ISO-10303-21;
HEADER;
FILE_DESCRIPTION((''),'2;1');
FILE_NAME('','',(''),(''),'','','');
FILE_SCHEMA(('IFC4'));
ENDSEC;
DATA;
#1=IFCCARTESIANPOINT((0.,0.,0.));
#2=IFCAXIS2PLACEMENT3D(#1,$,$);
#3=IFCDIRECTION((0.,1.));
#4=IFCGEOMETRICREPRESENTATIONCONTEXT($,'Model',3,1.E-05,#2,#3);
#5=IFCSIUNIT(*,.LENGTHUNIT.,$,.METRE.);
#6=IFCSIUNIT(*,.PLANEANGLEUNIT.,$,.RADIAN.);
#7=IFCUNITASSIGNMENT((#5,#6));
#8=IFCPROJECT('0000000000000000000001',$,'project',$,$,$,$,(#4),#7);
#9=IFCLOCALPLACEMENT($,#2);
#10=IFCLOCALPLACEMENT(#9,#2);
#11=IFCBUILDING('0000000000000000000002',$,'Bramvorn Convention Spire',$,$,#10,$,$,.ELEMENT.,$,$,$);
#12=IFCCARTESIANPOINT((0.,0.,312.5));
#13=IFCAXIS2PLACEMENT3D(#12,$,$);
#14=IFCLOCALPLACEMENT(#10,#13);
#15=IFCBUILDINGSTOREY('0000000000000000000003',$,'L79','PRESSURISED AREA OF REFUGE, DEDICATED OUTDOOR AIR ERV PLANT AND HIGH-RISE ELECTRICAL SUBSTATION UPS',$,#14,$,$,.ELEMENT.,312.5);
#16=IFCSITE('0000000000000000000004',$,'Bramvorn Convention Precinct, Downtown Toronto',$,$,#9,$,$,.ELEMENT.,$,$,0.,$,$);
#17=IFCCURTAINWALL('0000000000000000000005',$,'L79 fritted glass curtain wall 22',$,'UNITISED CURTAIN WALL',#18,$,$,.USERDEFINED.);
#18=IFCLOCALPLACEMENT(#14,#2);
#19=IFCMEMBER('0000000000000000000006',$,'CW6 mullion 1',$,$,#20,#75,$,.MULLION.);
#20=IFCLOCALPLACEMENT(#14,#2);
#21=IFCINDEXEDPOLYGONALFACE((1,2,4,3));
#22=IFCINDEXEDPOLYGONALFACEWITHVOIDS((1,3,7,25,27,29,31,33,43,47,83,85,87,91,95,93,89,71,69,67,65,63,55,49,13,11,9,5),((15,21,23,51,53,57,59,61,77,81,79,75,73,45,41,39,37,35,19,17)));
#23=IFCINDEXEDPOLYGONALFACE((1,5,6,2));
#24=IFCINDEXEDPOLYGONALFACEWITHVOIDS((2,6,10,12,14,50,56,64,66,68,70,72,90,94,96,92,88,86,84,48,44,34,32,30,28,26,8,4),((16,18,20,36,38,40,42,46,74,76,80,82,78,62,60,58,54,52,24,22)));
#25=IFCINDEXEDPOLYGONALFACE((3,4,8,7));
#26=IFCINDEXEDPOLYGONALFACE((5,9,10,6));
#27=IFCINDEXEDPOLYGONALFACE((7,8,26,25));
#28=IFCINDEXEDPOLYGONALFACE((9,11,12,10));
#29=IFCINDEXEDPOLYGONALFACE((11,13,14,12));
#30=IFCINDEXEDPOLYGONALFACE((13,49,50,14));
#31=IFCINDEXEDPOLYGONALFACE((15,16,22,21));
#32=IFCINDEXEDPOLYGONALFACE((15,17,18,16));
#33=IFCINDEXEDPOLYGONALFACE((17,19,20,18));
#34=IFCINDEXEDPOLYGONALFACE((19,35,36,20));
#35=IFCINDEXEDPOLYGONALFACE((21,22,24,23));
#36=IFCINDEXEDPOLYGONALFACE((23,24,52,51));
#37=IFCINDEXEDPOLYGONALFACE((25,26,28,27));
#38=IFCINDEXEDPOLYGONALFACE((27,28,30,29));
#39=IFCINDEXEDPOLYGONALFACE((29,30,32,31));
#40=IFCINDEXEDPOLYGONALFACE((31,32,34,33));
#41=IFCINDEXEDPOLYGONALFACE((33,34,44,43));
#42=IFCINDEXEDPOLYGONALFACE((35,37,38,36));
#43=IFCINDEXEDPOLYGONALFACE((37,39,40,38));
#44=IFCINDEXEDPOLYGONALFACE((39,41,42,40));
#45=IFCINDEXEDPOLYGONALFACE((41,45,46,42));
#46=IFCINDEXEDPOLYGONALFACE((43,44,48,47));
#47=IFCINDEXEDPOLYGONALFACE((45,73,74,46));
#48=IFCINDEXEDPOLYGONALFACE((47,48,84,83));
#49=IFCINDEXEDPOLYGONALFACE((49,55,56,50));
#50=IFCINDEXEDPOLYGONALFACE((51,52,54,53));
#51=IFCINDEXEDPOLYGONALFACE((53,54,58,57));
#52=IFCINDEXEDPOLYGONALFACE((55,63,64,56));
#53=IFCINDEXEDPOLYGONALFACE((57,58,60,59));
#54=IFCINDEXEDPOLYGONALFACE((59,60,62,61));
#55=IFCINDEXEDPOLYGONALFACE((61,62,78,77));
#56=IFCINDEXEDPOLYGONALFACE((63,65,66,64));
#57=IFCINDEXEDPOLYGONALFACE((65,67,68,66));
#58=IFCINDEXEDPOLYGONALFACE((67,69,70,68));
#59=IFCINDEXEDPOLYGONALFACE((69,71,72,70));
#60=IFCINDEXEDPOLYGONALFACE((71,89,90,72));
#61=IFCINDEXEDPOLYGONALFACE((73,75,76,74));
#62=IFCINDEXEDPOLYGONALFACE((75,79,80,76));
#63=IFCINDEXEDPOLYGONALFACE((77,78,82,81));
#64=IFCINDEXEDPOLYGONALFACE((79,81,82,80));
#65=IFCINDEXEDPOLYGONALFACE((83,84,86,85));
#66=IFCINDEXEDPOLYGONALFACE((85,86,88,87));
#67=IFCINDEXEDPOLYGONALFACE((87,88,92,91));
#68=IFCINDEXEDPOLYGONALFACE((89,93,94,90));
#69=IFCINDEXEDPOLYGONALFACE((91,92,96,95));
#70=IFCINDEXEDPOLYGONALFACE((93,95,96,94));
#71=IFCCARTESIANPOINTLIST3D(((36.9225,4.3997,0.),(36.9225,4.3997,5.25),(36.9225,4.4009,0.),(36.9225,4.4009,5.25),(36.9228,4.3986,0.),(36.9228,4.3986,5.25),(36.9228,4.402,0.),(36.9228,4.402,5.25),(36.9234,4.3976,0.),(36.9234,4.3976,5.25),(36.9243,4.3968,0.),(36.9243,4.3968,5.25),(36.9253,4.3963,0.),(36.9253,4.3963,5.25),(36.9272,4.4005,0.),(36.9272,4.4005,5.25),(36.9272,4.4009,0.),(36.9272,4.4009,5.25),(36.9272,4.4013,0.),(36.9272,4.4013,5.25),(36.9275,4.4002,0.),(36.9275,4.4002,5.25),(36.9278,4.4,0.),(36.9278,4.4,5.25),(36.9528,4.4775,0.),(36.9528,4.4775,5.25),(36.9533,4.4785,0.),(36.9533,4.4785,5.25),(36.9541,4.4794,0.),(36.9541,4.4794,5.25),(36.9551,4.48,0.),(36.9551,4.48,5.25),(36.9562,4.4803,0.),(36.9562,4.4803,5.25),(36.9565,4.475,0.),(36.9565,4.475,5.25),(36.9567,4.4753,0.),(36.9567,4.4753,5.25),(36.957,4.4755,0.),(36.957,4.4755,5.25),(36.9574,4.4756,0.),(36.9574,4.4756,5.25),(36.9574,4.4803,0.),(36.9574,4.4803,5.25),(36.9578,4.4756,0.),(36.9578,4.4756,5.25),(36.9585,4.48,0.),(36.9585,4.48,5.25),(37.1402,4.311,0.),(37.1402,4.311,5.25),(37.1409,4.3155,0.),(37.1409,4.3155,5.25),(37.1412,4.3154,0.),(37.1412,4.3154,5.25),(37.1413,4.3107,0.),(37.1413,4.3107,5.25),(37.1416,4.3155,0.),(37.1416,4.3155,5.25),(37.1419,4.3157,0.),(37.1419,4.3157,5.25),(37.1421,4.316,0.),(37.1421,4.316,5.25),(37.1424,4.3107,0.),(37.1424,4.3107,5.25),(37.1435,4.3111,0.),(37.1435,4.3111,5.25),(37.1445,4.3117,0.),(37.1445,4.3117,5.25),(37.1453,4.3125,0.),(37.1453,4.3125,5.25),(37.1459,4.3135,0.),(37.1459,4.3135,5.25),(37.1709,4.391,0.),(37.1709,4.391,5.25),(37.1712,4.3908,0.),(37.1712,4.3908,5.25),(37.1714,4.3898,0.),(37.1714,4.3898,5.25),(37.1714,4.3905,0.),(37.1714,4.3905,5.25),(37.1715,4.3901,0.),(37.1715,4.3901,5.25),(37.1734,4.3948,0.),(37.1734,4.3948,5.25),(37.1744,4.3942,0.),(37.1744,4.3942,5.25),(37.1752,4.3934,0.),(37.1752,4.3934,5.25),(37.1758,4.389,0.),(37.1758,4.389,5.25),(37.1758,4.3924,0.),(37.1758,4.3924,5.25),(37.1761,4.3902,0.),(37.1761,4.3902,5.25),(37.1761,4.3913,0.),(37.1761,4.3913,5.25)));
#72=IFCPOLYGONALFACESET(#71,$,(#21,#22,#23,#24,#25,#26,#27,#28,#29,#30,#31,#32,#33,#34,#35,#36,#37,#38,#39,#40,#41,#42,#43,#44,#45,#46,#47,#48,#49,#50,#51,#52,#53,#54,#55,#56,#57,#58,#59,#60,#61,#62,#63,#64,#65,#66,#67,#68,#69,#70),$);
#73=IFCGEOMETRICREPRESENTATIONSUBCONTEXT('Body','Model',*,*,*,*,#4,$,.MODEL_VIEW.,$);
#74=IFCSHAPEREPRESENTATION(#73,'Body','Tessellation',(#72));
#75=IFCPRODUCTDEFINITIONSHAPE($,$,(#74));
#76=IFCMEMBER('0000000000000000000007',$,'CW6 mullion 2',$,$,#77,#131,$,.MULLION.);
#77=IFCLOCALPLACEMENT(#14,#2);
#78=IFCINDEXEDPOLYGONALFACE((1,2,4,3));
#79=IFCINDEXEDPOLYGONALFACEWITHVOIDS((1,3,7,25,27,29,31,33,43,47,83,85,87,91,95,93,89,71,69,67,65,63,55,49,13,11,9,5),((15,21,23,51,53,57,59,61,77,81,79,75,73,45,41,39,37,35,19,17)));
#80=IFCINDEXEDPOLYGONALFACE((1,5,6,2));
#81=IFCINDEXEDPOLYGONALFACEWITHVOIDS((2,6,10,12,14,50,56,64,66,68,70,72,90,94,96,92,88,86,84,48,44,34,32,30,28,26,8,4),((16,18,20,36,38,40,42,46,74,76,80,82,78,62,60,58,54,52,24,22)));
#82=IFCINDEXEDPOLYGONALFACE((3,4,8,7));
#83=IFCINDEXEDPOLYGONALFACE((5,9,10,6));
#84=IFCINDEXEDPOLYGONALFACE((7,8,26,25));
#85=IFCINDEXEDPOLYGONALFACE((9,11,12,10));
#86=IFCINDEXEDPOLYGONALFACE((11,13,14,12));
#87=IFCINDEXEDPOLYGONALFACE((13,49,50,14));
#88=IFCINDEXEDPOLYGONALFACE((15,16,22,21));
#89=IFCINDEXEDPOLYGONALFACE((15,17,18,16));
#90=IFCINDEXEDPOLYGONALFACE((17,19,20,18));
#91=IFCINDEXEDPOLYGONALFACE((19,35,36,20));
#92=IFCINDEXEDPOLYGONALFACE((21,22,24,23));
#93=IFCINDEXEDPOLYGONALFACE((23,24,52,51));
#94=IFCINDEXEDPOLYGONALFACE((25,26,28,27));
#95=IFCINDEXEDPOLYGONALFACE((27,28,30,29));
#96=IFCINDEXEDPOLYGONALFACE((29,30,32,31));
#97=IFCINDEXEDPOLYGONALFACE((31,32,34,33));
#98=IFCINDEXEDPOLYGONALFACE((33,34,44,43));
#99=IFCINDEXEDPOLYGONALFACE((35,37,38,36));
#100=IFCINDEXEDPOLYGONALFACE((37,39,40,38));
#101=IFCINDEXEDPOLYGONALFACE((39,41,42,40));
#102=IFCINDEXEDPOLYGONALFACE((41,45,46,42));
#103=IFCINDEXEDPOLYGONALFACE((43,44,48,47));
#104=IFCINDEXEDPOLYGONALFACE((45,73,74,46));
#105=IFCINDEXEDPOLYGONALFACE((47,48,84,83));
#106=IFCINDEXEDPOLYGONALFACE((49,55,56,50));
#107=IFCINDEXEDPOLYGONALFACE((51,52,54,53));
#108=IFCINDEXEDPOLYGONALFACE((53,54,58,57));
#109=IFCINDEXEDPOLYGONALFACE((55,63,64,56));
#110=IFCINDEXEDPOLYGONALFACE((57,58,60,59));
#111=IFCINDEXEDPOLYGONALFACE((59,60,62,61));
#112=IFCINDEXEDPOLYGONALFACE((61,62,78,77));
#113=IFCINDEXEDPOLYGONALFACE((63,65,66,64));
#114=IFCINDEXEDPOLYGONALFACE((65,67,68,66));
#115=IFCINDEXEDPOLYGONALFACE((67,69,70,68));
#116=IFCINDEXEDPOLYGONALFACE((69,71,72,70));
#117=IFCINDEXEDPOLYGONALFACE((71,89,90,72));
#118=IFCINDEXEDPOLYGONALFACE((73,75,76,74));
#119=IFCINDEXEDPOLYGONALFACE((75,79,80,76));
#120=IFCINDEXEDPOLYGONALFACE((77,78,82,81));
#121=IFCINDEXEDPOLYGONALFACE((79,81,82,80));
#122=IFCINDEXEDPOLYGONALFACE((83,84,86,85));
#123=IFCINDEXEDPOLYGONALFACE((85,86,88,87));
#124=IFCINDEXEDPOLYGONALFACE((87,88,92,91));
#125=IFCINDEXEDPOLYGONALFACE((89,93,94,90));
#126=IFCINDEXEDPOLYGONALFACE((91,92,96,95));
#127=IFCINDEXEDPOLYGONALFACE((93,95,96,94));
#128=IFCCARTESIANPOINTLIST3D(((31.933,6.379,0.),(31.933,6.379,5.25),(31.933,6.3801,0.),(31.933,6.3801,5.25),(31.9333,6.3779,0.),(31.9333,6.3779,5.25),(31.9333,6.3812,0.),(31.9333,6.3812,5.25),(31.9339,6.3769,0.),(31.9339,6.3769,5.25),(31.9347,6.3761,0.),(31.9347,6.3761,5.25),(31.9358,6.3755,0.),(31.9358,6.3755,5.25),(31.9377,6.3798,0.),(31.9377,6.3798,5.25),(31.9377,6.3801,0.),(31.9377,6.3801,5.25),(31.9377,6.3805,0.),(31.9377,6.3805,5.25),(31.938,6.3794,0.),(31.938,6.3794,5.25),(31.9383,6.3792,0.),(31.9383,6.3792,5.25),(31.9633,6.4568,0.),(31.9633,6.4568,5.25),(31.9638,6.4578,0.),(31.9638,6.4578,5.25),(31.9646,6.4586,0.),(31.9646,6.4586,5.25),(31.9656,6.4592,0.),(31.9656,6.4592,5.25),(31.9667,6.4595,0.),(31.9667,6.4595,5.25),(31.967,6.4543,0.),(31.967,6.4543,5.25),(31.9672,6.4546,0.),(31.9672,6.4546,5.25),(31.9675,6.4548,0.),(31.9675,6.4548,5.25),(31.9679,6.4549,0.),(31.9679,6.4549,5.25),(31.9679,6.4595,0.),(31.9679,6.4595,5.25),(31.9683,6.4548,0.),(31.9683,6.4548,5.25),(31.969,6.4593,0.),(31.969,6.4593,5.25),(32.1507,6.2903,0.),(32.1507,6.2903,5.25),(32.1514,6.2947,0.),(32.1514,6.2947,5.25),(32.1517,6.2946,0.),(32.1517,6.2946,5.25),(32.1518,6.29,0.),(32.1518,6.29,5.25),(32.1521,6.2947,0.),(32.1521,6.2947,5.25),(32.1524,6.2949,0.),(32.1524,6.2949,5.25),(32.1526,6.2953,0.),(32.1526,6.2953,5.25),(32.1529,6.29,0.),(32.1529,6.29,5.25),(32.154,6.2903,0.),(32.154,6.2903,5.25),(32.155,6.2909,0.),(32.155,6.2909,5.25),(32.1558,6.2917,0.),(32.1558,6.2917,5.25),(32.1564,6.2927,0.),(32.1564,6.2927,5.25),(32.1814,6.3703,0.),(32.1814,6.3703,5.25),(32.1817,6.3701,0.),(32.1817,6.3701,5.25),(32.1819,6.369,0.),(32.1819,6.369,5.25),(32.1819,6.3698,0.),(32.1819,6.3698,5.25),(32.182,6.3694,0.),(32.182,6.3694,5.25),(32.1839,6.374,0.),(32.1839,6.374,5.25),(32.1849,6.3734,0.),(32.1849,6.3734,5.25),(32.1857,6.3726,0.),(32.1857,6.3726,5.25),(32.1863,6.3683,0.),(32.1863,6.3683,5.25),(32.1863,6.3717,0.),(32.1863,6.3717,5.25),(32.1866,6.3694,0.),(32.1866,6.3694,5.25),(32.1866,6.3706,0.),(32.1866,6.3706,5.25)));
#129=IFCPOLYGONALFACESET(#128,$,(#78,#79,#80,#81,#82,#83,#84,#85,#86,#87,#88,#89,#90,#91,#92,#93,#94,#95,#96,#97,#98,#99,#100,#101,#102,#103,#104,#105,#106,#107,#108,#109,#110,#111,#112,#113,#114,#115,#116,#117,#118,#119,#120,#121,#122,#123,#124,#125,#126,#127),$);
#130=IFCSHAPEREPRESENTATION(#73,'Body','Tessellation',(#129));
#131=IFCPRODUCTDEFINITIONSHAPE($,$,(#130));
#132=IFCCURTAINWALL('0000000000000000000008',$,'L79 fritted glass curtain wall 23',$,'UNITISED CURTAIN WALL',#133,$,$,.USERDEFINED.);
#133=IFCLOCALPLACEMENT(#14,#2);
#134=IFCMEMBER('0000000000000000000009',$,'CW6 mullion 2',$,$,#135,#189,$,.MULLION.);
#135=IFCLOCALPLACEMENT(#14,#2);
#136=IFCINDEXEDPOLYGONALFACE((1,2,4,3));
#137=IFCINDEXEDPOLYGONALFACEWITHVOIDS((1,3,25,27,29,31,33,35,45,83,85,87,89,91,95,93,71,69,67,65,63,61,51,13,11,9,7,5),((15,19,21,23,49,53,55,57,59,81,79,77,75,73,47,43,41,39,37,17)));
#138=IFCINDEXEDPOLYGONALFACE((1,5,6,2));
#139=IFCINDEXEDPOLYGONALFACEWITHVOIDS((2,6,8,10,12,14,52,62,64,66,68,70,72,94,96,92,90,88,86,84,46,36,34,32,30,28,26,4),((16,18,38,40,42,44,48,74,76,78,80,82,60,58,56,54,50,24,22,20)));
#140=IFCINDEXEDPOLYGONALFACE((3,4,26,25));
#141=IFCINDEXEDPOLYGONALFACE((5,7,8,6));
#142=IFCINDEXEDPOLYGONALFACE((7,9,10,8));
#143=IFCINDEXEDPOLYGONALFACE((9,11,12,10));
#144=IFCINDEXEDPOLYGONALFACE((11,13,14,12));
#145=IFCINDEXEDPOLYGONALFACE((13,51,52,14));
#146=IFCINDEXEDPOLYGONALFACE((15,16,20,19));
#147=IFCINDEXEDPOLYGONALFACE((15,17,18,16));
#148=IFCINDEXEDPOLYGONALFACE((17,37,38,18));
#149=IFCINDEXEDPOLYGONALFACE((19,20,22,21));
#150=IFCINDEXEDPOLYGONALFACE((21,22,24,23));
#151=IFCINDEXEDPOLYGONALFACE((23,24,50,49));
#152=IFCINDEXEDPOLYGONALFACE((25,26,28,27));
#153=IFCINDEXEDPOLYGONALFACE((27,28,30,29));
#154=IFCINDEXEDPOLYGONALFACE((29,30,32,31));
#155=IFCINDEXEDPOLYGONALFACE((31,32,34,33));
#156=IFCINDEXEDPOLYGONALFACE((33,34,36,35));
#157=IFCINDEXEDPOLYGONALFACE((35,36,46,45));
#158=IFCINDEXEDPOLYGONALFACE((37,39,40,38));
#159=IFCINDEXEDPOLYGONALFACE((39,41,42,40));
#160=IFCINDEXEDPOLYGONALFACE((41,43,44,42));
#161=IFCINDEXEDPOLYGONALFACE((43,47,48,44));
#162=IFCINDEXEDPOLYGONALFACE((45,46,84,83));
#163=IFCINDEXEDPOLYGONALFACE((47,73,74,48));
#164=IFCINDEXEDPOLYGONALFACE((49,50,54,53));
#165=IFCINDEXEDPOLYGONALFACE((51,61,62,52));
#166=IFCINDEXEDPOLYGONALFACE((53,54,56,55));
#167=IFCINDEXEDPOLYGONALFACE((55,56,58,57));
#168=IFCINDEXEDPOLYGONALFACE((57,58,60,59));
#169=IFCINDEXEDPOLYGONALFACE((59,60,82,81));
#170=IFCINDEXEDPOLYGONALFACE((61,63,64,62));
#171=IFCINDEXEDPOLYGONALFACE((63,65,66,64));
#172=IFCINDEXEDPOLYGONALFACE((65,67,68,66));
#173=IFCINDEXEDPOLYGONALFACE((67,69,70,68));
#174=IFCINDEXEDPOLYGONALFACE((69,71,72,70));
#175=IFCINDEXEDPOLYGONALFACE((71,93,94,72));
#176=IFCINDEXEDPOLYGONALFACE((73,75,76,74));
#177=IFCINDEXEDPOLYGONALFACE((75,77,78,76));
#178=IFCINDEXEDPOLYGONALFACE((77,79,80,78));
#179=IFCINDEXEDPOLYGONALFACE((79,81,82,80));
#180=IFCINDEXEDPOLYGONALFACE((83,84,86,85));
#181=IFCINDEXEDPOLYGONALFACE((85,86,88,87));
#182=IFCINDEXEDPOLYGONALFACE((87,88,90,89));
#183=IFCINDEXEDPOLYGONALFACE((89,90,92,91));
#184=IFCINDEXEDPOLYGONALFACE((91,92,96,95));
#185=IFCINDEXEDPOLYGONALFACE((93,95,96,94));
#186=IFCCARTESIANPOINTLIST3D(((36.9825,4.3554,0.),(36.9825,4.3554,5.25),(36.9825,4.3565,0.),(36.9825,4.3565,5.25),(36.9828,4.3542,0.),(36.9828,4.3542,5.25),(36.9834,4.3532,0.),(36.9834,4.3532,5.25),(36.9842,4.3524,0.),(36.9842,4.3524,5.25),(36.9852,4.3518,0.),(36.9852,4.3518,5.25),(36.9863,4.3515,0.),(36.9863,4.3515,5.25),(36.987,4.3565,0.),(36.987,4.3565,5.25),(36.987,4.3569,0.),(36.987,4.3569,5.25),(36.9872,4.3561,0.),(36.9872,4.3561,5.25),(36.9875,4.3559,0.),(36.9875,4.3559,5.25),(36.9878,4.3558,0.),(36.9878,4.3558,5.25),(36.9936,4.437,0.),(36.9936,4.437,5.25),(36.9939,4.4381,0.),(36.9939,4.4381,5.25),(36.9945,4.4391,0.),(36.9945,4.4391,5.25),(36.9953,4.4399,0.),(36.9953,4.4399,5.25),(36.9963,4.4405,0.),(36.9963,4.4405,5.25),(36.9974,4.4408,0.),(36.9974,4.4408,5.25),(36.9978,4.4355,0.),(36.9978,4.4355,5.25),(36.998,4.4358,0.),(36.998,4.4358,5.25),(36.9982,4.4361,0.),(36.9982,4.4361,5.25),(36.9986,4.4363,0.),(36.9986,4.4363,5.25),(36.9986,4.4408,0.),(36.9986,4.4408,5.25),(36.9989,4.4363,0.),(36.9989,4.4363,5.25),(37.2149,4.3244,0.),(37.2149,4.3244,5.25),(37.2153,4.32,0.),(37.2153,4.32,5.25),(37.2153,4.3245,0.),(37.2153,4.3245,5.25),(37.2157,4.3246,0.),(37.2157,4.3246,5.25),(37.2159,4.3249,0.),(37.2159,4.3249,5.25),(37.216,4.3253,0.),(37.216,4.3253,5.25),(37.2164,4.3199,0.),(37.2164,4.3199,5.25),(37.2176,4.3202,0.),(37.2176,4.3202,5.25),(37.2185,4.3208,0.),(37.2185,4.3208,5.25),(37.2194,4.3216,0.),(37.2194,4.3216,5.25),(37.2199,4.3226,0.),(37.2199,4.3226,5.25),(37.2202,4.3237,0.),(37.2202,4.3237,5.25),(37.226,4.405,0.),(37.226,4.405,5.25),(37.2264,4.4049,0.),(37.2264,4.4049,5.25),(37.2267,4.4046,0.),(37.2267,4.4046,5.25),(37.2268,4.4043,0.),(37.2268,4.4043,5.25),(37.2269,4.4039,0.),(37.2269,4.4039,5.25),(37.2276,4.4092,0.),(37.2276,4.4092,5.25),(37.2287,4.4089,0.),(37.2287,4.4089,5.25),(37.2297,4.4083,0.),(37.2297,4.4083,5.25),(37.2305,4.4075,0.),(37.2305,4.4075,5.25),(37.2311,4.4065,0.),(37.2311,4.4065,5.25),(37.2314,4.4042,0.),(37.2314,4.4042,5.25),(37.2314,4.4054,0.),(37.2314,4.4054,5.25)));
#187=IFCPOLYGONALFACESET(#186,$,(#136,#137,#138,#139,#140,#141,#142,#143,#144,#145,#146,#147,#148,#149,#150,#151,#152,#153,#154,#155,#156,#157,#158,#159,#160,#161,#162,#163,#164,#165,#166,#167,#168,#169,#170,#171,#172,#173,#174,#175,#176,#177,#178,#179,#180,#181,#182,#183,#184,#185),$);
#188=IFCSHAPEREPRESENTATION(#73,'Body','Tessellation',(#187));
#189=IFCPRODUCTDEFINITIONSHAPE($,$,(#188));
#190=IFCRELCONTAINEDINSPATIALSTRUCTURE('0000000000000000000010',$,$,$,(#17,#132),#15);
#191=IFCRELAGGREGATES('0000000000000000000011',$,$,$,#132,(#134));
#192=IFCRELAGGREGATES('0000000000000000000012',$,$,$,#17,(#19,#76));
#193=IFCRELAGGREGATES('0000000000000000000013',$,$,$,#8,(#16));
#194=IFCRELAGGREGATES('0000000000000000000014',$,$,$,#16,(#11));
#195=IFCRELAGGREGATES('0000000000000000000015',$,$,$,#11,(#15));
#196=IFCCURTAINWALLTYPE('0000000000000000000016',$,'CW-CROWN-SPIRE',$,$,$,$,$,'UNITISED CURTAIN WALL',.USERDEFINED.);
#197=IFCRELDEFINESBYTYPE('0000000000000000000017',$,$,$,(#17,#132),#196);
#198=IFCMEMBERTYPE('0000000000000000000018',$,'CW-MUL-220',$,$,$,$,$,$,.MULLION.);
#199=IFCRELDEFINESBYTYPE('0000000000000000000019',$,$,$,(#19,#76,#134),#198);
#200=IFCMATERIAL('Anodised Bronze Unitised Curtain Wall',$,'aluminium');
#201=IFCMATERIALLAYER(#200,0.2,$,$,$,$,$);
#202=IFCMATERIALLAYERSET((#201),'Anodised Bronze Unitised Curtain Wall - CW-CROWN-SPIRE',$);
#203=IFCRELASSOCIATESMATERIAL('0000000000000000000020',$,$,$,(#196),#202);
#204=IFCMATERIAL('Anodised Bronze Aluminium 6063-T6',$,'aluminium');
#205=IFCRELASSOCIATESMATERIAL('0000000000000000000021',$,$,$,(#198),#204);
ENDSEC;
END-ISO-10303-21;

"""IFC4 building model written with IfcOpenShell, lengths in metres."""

from ifc_helpers import new_model, si_unit, direction, frame, origin, origin_2d, place, context, subcontext, project, spatial, hollow_rectangle, extrude, material, layer, layer_set, material_profile, profile_set, type_object, element, aggregate, save


model = new_model("IFC4")

# Units and contexts
model_context = context("Model", 3, precision=1e-05, world=origin(), true_north=direction((0.0, 1.0)))
body_context = subcontext(model_context, "Body", "Model", "MODEL_VIEW")
ifc_project = project(units=[si_unit("LENGTHUNIT", "METRE"), si_unit("PLANEANGLEUNIT", "RADIAN")], contexts=[model_context])

# Site, building, storey
site_placement = place(None, origin())
site = spatial("IfcSite", under=ifc_project, at=site_placement, Name="Bramvorn Convention Precinct, Downtown Toronto", CompositionType="ELEMENT", RefElevation=0.0)
building_placement = place(site_placement, origin())
building = spatial("IfcBuilding", under=site, at=building_placement, Name="Bramvorn Convention Spire", CompositionType="ELEMENT")
storey_placement = place(building_placement, frame((0.0, 0.0, 312.5)))
storey = spatial("IfcBuildingStorey", under=building, at=storey_placement, Name="L79", Description="PRESSURISED AREA OF REFUGE, DEDICATED OUTDOOR AIR ERV PLANT AND HIGH-RISE ELECTRICAL SUBSTATION UPS", CompositionType="ELEMENT", Elevation=312.5)

# Curtain wall, members
ifc_material_1 = material(Name="Anodised Bronze Unitised Curtain Wall", Category="aluminium")
ifc_layer_1 = layer(ifc_material_1, 0.2)
ifc_layer_set_1 = layer_set([ifc_layer_1], Name="Anodised Bronze Unitised Curtain Wall - CW-CROWN-SPIRE")
curtain_wall_type = type_object("IfcCurtainWallType", Name="CW-CROWN-SPIRE", ElementType="UNITISED CURTAIN WALL", PredefinedType="USERDEFINED", material=ifc_layer_set_1)
curtain_wall_1_placement = place(storey_placement, origin())
curtain_wall_1 = element("IfcCurtainWall", 1, at=curtain_wall_1_placement, inside=storey, type_object=curtain_wall_type, Name="L79 fritted glass curtain wall 22", ObjectType="UNITISED CURTAIN WALL", PredefinedType="USERDEFINED")
ifc_material_2 = material(Name="Anodised Bronze Aluminium 6063-T6", Category="aluminium")
ifc_material_profile_1 = material_profile(ifc_material_2, hollow_rectangle(XDim=0.0901, YDim=0.24, WallThickness=0.0044, InnerFilletRadius=0.001, OuterFilletRadius=0.0044, at=origin_2d()))
ifc_profile_set_1 = profile_set([ifc_material_profile_1], Name="Anodised Bronze Aluminium 6063-T6 - CWM90X240")
member_type_1 = type_object("IfcMemberType", Name="CW-MUL-220", PredefinedType="MULLION", material=ifc_profile_set_1)
member_1_placement = place(storey_placement, frame((37.0493, 4.3955, 0.0), z_axis=(0.0, 0.0, 1.0), x_axis=(-0.36874, -0.929533, 0.0)))
member_1 = element("IfcMember", 2, at=member_1_placement, type_object=member_type_1, Name="CW6 mullion 1", PredefinedType="MULLION", context=body_context, shape_type="SweptSolid", body=[
    extrude(hollow_rectangle(XDim=0.0901, YDim=0.24, WallThickness=0.0044, InnerFilletRadius=0.001, OuterFilletRadius=0.0044, at=origin_2d()), origin(), (0.0, 0.0, 1.0), 5.25),
])
member_2_placement = place(storey_placement, frame((32.0598, 6.3748, 0.0), z_axis=(0.0, 0.0, 1.0), x_axis=(-0.36874, -0.929533, 0.0)))
member_2 = element("IfcMember", 3, at=member_2_placement, type_object=member_type_1, Name="CW6 mullion 2", PredefinedType="MULLION", context=body_context, shape_type="SweptSolid", body=[
    extrude(hollow_rectangle(XDim=0.0901, YDim=0.24, WallThickness=0.0044, InnerFilletRadius=0.001, OuterFilletRadius=0.0044, at=origin_2d()), origin(), (0.0, 0.0, 1.0), 5.25),
])

# Curtain wall, member
curtain_wall_2_placement = place(storey_placement, origin())
curtain_wall_2 = element("IfcCurtainWall", 4, at=curtain_wall_2_placement, inside=storey, type_object=curtain_wall_type, Name="L79 fritted glass curtain wall 23", ObjectType="UNITISED CURTAIN WALL", PredefinedType="USERDEFINED")
member_3_placement = place(storey_placement, frame((37.1069, 4.3804, 0.0), z_axis=(0.0, 0.0, 1.0), x_axis=(-0.136635, -0.990621, 0.0)))
member_3 = element("IfcMember", 5, at=member_3_placement, type_object=member_type_1, Name="CW6 mullion 2", PredefinedType="MULLION", context=body_context, shape_type="SweptSolid", body=[
    extrude(hollow_rectangle(XDim=0.0901, YDim=0.24, WallThickness=0.0044, InnerFilletRadius=0.001, OuterFilletRadius=0.0044, at=origin_2d()), origin(), (0.0, 0.0, 1.0), 5.25),
])
aggregate(curtain_wall_2, [member_3])

aggregate(curtain_wall_1, [member_1, member_2])

save(model, "model.ifc")
